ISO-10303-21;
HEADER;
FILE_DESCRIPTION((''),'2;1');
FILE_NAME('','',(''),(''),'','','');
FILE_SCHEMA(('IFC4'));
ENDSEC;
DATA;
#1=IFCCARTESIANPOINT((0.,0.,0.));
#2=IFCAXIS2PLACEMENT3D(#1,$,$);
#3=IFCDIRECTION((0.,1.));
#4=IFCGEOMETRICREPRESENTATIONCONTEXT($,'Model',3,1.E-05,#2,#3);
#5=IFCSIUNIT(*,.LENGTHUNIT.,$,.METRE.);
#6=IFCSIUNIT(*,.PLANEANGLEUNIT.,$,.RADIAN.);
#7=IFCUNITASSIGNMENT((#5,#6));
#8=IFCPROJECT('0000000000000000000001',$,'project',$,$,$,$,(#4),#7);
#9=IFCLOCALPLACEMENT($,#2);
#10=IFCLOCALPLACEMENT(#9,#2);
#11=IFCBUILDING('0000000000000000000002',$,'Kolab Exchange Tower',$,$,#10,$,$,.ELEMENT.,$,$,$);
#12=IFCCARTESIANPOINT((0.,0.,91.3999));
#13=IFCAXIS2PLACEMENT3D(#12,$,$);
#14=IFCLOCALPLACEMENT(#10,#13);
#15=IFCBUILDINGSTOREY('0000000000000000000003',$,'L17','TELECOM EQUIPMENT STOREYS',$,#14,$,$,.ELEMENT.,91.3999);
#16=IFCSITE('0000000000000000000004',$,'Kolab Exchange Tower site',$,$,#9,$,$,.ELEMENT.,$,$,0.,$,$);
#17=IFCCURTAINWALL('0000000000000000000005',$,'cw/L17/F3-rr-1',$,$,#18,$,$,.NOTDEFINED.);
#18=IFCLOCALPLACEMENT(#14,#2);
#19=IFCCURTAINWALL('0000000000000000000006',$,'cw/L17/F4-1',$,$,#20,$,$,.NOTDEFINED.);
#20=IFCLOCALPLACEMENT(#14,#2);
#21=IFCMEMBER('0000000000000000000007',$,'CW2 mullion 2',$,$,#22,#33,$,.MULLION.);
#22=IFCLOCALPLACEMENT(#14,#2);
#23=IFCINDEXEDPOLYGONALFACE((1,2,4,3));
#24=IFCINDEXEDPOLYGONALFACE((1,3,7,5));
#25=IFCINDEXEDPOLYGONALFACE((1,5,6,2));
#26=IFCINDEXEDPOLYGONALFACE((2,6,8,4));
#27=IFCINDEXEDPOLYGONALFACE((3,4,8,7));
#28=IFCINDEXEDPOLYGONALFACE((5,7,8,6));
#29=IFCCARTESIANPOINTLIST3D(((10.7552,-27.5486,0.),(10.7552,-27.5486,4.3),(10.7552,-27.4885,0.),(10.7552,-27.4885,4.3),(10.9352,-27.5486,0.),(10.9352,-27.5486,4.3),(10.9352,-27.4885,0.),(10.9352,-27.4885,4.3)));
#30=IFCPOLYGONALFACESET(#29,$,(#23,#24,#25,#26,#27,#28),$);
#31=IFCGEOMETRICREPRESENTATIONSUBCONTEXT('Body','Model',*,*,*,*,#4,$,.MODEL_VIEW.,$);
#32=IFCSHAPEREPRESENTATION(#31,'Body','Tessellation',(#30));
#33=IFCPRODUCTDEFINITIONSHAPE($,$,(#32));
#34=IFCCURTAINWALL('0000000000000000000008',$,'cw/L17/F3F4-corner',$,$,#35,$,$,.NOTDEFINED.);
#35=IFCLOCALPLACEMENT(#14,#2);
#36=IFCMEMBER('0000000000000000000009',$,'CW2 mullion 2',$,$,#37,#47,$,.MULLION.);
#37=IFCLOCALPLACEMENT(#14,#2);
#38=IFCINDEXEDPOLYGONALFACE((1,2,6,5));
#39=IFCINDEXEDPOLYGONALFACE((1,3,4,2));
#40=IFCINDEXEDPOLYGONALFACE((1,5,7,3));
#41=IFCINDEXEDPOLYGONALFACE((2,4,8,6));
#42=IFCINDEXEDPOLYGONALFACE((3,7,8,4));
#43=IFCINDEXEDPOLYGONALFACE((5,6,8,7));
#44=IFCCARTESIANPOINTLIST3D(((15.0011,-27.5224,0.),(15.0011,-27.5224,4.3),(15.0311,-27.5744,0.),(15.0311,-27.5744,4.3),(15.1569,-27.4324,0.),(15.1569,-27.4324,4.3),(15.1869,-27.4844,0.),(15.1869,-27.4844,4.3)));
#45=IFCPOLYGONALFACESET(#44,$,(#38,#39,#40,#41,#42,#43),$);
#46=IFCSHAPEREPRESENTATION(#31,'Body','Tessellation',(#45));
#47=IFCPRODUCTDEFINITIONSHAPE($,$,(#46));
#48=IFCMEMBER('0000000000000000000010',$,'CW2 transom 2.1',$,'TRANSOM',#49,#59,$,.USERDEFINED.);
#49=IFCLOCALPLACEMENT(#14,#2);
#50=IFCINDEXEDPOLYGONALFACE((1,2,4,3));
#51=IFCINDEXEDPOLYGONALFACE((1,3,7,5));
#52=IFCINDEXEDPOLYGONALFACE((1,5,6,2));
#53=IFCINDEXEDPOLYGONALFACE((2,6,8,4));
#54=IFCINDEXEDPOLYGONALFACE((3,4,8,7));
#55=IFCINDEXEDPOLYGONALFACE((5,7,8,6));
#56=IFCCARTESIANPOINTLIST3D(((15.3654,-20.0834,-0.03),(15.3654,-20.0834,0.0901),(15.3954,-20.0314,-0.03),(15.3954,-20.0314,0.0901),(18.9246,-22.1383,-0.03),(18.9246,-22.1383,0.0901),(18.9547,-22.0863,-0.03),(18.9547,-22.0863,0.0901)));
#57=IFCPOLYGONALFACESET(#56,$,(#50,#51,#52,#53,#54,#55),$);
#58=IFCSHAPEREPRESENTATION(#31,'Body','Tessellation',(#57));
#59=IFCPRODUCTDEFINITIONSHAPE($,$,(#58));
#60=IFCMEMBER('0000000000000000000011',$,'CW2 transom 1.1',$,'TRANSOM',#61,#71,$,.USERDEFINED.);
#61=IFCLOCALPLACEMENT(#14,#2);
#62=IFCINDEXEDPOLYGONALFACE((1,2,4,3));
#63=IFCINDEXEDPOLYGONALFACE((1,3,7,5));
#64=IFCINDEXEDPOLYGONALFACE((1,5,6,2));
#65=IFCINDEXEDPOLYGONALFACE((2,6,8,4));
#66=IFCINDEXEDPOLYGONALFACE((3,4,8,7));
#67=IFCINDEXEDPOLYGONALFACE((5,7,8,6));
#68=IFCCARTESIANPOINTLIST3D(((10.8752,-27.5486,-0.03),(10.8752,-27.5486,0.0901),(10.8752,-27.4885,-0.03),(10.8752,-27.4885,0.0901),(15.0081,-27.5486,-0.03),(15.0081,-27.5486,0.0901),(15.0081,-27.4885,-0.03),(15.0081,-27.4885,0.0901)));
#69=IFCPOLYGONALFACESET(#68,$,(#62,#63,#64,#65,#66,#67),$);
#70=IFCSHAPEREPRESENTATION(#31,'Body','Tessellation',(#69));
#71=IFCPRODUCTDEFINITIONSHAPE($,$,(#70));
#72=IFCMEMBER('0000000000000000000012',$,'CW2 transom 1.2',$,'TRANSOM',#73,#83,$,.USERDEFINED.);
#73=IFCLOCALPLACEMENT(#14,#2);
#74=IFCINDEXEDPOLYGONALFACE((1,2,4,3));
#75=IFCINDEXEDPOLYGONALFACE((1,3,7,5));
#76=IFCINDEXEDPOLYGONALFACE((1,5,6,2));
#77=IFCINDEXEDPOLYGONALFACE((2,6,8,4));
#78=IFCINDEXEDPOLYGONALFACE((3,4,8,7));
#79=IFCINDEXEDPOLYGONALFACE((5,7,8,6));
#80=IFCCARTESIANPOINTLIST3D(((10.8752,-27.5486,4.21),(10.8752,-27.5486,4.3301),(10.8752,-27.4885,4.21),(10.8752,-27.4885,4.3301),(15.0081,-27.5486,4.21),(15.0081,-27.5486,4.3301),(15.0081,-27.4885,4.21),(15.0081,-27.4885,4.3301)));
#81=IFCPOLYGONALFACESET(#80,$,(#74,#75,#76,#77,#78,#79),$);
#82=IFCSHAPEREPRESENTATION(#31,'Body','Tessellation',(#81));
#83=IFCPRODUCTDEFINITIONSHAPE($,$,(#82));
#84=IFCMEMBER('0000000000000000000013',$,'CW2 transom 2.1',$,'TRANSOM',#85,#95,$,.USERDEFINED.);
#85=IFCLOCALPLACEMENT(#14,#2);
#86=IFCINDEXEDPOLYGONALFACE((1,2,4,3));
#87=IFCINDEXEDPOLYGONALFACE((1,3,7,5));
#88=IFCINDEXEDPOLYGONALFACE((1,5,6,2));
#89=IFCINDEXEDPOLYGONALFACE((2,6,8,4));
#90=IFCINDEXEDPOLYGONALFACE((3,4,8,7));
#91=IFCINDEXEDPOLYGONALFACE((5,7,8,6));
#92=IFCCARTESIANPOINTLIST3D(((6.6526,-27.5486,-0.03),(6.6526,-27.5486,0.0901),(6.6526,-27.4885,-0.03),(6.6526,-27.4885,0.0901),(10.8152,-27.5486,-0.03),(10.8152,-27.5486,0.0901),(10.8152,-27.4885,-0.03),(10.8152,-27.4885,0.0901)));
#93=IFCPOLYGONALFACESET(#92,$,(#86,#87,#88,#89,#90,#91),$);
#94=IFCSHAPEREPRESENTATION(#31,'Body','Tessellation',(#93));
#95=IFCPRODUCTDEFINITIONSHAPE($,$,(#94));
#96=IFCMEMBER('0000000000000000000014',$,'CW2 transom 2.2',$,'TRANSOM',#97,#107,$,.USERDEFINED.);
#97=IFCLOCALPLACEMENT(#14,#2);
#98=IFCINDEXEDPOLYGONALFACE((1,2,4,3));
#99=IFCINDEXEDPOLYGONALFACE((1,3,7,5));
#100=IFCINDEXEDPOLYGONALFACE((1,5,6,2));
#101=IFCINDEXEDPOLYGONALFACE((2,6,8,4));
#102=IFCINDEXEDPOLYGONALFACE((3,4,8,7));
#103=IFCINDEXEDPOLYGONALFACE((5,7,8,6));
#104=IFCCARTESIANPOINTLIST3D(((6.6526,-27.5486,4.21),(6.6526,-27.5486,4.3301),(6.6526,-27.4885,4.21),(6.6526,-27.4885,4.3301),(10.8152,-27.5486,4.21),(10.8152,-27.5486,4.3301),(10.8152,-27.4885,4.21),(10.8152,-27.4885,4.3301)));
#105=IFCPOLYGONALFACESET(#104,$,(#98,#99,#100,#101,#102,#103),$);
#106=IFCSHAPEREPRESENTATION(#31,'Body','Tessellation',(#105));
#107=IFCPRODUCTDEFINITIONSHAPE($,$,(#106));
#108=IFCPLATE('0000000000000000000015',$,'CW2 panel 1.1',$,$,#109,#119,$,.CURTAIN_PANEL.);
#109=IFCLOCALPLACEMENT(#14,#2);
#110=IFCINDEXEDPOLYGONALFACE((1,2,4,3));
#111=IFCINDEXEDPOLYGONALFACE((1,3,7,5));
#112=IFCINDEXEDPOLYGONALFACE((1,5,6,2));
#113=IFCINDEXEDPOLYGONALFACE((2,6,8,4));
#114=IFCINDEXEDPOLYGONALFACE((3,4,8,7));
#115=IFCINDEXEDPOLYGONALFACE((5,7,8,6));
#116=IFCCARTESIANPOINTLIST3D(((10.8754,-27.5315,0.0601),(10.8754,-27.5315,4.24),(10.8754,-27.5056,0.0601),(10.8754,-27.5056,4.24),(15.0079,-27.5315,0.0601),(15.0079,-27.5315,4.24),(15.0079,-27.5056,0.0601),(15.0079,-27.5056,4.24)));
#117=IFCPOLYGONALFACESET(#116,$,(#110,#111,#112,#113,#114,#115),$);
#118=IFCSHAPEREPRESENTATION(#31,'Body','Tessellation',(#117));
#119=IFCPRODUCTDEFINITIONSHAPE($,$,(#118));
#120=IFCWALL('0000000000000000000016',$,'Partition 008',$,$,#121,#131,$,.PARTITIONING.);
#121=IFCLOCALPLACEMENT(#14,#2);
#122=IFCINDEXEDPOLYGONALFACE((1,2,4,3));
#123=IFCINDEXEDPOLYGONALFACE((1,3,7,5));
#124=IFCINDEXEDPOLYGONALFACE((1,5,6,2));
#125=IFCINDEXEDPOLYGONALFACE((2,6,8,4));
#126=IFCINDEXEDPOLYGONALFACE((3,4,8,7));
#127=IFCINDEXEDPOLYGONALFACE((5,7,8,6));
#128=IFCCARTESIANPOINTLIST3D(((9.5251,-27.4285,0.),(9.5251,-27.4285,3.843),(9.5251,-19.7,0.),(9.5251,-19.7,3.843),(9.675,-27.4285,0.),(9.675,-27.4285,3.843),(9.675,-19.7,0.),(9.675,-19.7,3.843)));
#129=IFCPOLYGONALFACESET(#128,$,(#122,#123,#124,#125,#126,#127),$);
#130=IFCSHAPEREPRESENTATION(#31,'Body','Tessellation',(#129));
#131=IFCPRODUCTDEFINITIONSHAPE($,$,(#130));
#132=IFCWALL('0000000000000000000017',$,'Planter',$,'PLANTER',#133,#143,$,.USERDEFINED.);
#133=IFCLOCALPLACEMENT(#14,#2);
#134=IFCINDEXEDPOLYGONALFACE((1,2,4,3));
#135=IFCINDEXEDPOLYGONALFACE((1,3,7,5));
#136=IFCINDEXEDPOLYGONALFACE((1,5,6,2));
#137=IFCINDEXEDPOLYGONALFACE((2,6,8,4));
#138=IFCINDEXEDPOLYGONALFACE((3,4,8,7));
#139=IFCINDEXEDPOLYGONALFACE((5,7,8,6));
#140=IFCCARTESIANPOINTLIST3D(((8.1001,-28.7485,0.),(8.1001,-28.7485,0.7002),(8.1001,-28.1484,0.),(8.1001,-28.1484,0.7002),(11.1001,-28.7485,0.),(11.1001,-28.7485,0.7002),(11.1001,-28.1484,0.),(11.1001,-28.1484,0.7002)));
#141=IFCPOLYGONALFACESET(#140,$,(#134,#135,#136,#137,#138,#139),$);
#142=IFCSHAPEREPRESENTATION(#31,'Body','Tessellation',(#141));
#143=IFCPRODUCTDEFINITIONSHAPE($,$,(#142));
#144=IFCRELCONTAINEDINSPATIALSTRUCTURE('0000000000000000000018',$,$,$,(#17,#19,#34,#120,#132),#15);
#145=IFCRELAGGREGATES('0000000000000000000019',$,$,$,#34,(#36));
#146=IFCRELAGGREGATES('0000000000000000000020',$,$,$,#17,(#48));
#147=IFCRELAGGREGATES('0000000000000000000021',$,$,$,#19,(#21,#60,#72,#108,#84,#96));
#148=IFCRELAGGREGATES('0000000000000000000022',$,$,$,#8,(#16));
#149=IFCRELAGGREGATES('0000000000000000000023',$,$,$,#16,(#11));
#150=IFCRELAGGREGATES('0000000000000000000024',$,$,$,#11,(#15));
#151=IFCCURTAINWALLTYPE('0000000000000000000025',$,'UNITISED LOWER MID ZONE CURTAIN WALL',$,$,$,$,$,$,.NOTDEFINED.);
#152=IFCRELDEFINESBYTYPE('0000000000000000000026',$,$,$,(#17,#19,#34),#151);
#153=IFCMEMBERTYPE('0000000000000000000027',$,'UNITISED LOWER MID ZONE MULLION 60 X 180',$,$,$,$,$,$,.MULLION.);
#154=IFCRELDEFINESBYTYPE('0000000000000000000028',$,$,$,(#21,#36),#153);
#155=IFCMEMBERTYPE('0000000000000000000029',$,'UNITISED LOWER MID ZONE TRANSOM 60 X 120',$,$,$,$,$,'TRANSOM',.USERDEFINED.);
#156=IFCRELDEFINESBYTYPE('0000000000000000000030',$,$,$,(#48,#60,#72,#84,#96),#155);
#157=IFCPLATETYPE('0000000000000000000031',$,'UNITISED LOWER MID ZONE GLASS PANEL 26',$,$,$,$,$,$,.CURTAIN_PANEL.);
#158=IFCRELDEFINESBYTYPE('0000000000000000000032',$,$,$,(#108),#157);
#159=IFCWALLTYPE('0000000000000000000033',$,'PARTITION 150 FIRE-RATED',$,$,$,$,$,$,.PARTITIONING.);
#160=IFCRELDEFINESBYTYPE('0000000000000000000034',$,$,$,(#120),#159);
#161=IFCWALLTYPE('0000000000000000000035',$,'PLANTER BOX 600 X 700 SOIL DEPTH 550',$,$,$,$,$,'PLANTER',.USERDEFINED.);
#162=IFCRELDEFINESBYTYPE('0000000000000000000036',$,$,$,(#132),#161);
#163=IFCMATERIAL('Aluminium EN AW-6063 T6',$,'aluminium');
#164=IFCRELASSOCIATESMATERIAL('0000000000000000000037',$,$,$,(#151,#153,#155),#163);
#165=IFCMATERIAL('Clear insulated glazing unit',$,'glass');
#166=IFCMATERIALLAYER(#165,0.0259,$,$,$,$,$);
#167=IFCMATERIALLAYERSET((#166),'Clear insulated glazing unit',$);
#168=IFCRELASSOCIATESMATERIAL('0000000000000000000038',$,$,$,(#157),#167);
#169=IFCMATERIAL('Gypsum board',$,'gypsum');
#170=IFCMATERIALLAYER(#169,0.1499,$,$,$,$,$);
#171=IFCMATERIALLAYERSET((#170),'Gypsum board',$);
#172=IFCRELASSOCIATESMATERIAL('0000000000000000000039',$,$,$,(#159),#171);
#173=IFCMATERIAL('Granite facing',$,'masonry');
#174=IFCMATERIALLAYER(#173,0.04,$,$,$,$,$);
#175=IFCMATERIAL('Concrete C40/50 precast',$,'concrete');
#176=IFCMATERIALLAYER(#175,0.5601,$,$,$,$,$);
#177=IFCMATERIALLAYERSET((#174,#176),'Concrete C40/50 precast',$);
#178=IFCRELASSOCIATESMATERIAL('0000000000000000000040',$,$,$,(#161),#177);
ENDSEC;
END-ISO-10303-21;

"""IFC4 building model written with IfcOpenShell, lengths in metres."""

from ifc_helpers import new_model, si_unit, direction, frame, frame_2d, origin, origin_2d, place, context, subcontext, project, spatial, rectangle, extrude, material, layer, layer_set, material_profile, profile_set, type_object, element, aggregate, save


model = new_model("IFC4")

# Units and contexts
model_context = context("Model", 3, precision=1e-05, world=origin(), true_north=direction((0.0, 1.0)))
body_context = subcontext(model_context, "Body", "Model", "MODEL_VIEW")
ifc_project = project(units=[si_unit("LENGTHUNIT", "METRE"), si_unit("PLANEANGLEUNIT", "RADIAN")], contexts=[model_context])

# Site, building, storey
site_placement = place(None, origin())
site = spatial("IfcSite", under=ifc_project, at=site_placement, Name="Kolab Exchange Tower site", CompositionType="ELEMENT", RefElevation=0.0)
building_placement = place(site_placement, origin())
building = spatial("IfcBuilding", under=site, at=building_placement, Name="Kolab Exchange Tower", CompositionType="ELEMENT")
storey_placement = place(building_placement, frame((0.0, 0.0, 91.3999)))
storey = spatial("IfcBuildingStorey", under=building, at=storey_placement, Name="L17", Description="TELECOM EQUIPMENT STOREYS", CompositionType="ELEMENT", Elevation=91.3999)

# Curtain wall
ifc_material_1 = material(Name="Aluminium EN AW-6063 T6", Category="aluminium")
curtain_wall_type = type_object("IfcCurtainWallType", Name="UNITISED LOWER MID ZONE CURTAIN WALL", PredefinedType="NOTDEFINED", material=ifc_material_1)
curtain_wall_1_placement = place(storey_placement, origin())
curtain_wall_1 = element("IfcCurtainWall", 1, at=curtain_wall_1_placement, inside=storey, type_object=curtain_wall_type, Name="cw/L17/F3-rr-1", PredefinedType="NOTDEFINED")
ifc_material_profile_1 = material_profile(ifc_material_1, rectangle(XDim=0.0601, YDim=0.1799, at=origin_2d()), Name="RECT 60X180")
ifc_profile_set_1 = profile_set([ifc_material_profile_1], Name="Aluminium EN AW-6063 T6")
member_type_1 = type_object("IfcMemberType", Name="UNITISED LOWER MID ZONE MULLION 60 X 180", PredefinedType="MULLION", material=ifc_profile_set_1)

# Curtain wall, member
curtain_wall_2_placement = place(storey_placement, origin())
curtain_wall_2 = element("IfcCurtainWall", 2, at=curtain_wall_2_placement, inside=storey, type_object=curtain_wall_type, Name="cw/L17/F4-1", PredefinedType="NOTDEFINED")
member_1_placement = place(storey_placement, frame((10.8452, -27.5186, 0.0), z_axis=(0.0, 0.0, 1.0), x_axis=(0.0, -1.0, 0.0)))
member_1 = element("IfcMember", 3, at=member_1_placement, type_object=member_type_1, Name="CW2 mullion 2", PredefinedType="MULLION", context=body_context, shape_type="SweptSolid", body=[
    extrude(rectangle(XDim=0.0601, YDim=0.1799, at=origin_2d()), origin(), (0.0, 0.0, 1.0), 4.3),
])

# Curtain wall, member
curtain_wall_3_placement = place(storey_placement, origin())
curtain_wall_3 = element("IfcCurtainWall", 4, at=curtain_wall_3_placement, inside=storey, type_object=curtain_wall_type, Name="cw/L17/F3F4-corner", PredefinedType="NOTDEFINED")
member_2_placement = place(storey_placement, frame((15.094, -27.5034, 0.0), z_axis=(0.0, 0.0, 1.0), x_axis=(0.5, -0.866025, 0.0)))
member_2 = element("IfcMember", 5, at=member_2_placement, type_object=member_type_1, Name="CW2 mullion 2", PredefinedType="MULLION", context=body_context, shape_type="SweptSolid", body=[
    extrude(rectangle(XDim=0.0601, YDim=0.1799, at=origin_2d()), origin(), (0.0, 0.0, 1.0), 4.3),
])
aggregate(curtain_wall_3, [member_2])

# Members
ifc_material_profile_2 = material_profile(ifc_material_1, rectangle(XDim=0.0601, YDim=0.1201, at=origin_2d()), Name="RECT 60X120")
ifc_profile_set_2 = profile_set([ifc_material_profile_2], Name="Aluminium EN AW-6063 T6")
member_type_2 = type_object("IfcMemberType", Name="UNITISED LOWER MID ZONE TRANSOM 60 X 120", ElementType="TRANSOM", PredefinedType="USERDEFINED", material=ifc_profile_set_2)
member_3_placement = place(storey_placement, frame((15.3804, -20.0574, 0.03), z_axis=(0.86603, -0.499992, 0.0), x_axis=(0.499992, 0.86603, 0.0)))
member_3 = element("IfcMember", 6, at=member_3_placement, type_object=member_type_2, Name="CW2 transom 2.1", ObjectType="TRANSOM", PredefinedType="USERDEFINED", context=body_context, shape_type="SweptSolid", body=[
    extrude(rectangle(XDim=0.0601, YDim=0.1201, at=origin_2d()), origin(), (0.0, 0.0, 1.0), 4.1099),
])
aggregate(curtain_wall_1, [member_3])
member_4_placement = place(storey_placement, frame((15.0081, -27.5186, 0.03), z_axis=(-1.0, 0.0, 0.0), x_axis=(0.0, -1.0, 0.0)))
member_4 = element("IfcMember", 7, at=member_4_placement, type_object=member_type_2, Name="CW2 transom 1.1", ObjectType="TRANSOM", PredefinedType="USERDEFINED", context=body_context, shape_type="SweptSolid", body=[
    extrude(rectangle(XDim=0.0601, YDim=0.1201, at=origin_2d()), origin(), (0.0, 0.0, 1.0), 4.1328),
])
member_5_placement = place(storey_placement, frame((15.0081, -27.5186, 4.27), z_axis=(-1.0, 0.0, 0.0), x_axis=(0.0, -1.0, 0.0)))
member_5 = element("IfcMember", 8, at=member_5_placement, type_object=member_type_2, Name="CW2 transom 1.2", ObjectType="TRANSOM", PredefinedType="USERDEFINED", context=body_context, shape_type="SweptSolid", body=[
    extrude(rectangle(XDim=0.0601, YDim=0.1201, at=origin_2d()), origin(), (0.0, 0.0, 1.0), 4.1328),
])
member_6_placement = place(storey_placement, frame((10.8152, -27.5186, 0.03), z_axis=(-1.0, 0.0, 0.0), x_axis=(0.0, -1.0, 0.0)))
member_6 = element("IfcMember", 9, at=member_6_placement, type_object=member_type_2, Name="CW2 transom 2.1", ObjectType="TRANSOM", PredefinedType="USERDEFINED", context=body_context, shape_type="SweptSolid", body=[
    extrude(rectangle(XDim=0.0601, YDim=0.1201, at=origin_2d()), origin(), (0.0, 0.0, 1.0), 4.1626),
])
member_7_placement = place(storey_placement, frame((10.8152, -27.5186, 4.27), z_axis=(-1.0, 0.0, 0.0), x_axis=(0.0, -1.0, 0.0)))
member_7 = element("IfcMember", 10, at=member_7_placement, type_object=member_type_2, Name="CW2 transom 2.2", ObjectType="TRANSOM", PredefinedType="USERDEFINED", context=body_context, shape_type="SweptSolid", body=[
    extrude(rectangle(XDim=0.0601, YDim=0.1201, at=origin_2d()), origin(), (0.0, 0.0, 1.0), 4.1626),
])

# Plate
ifc_material_2 = material(Name="Clear insulated glazing unit", Category="glass")
ifc_layer_1 = layer(ifc_material_2, 0.0259)
ifc_layer_set_1 = layer_set([ifc_layer_1], Name="Clear insulated glazing unit")
plate_type = type_object("IfcPlateType", Name="UNITISED LOWER MID ZONE GLASS PANEL 26", PredefinedType="CURTAIN_PANEL", material=ifc_layer_set_1)
plate_placement = place(storey_placement, frame((12.9417, -27.5186, 0.0601), z_axis=(0.0, 0.0, 1.0), x_axis=(-1.0, 0.0, 0.0)))
plate = element("IfcPlate", 11, at=plate_placement, type_object=plate_type, Name="CW2 panel 1.1", PredefinedType="CURTAIN_PANEL", context=body_context, shape_type="SweptSolid", body=[
    extrude(rectangle(XDim=4.1326, YDim=0.0259, at=origin_2d()), origin(), (0.0, 0.0, 1.0), 4.1799),
])
aggregate(curtain_wall_2, [member_1, member_4, member_5, plate, member_6, member_7])

# Walls
ifc_material_3 = material(Name="Gypsum board", Category="gypsum")
ifc_layer_2 = layer(ifc_material_3, 0.1499)
ifc_layer_set_2 = layer_set([ifc_layer_2], Name="Gypsum board")
wall_type_1 = type_object("IfcWallType", Name="PARTITION 150 FIRE-RATED", PredefinedType="PARTITIONING", material=ifc_layer_set_2)
wall_1_placement = place(storey_placement, frame((9.6001, -27.4285, 0.0), z_axis=(0.0, 0.0, 1.0), x_axis=(0.0, 1.0, 0.0)))
element("IfcWall", 12, at=wall_1_placement, inside=storey, type_object=wall_type_1, Name="Partition 008", PredefinedType="PARTITIONING", context=body_context, shape_type="SweptSolid", body=[
    extrude(rectangle(XDim=7.7285, YDim=0.1499, at=frame_2d((3.8643, 0.0))), origin(), (0.0, 0.0, 1.0), 3.843),
])
ifc_material_4 = material(Name="Granite facing", Category="masonry")
ifc_layer_3 = layer(ifc_material_4, 0.04)
ifc_material_5 = material(Name="Concrete C40/50 precast", Category="concrete")
ifc_layer_4 = layer(ifc_material_5, 0.5601)
ifc_layer_set_3 = layer_set([ifc_layer_3, ifc_layer_4], Name="Concrete C40/50 precast")
wall_type_2 = type_object("IfcWallType", Name="PLANTER BOX 600 X 700 SOIL DEPTH 550", ElementType="PLANTER", PredefinedType="USERDEFINED", material=ifc_layer_set_3)
wall_2_placement = place(storey_placement, frame((11.1001, -28.4485, 0.0), z_axis=(0.0, 0.0, 1.0), x_axis=(-1.0, 0.0, 0.0)))
element("IfcWall", 13, at=wall_2_placement, inside=storey, type_object=wall_type_2, Name="Planter", ObjectType="PLANTER", PredefinedType="USERDEFINED", context=body_context, shape_type="SweptSolid", body=[
    extrude(rectangle(XDim=3.0, YDim=0.6001, at=frame_2d((1.5, 0.0))), origin(), (0.0, 0.0, 1.0), 0.7002),
])

save(model, "model.ifc")
